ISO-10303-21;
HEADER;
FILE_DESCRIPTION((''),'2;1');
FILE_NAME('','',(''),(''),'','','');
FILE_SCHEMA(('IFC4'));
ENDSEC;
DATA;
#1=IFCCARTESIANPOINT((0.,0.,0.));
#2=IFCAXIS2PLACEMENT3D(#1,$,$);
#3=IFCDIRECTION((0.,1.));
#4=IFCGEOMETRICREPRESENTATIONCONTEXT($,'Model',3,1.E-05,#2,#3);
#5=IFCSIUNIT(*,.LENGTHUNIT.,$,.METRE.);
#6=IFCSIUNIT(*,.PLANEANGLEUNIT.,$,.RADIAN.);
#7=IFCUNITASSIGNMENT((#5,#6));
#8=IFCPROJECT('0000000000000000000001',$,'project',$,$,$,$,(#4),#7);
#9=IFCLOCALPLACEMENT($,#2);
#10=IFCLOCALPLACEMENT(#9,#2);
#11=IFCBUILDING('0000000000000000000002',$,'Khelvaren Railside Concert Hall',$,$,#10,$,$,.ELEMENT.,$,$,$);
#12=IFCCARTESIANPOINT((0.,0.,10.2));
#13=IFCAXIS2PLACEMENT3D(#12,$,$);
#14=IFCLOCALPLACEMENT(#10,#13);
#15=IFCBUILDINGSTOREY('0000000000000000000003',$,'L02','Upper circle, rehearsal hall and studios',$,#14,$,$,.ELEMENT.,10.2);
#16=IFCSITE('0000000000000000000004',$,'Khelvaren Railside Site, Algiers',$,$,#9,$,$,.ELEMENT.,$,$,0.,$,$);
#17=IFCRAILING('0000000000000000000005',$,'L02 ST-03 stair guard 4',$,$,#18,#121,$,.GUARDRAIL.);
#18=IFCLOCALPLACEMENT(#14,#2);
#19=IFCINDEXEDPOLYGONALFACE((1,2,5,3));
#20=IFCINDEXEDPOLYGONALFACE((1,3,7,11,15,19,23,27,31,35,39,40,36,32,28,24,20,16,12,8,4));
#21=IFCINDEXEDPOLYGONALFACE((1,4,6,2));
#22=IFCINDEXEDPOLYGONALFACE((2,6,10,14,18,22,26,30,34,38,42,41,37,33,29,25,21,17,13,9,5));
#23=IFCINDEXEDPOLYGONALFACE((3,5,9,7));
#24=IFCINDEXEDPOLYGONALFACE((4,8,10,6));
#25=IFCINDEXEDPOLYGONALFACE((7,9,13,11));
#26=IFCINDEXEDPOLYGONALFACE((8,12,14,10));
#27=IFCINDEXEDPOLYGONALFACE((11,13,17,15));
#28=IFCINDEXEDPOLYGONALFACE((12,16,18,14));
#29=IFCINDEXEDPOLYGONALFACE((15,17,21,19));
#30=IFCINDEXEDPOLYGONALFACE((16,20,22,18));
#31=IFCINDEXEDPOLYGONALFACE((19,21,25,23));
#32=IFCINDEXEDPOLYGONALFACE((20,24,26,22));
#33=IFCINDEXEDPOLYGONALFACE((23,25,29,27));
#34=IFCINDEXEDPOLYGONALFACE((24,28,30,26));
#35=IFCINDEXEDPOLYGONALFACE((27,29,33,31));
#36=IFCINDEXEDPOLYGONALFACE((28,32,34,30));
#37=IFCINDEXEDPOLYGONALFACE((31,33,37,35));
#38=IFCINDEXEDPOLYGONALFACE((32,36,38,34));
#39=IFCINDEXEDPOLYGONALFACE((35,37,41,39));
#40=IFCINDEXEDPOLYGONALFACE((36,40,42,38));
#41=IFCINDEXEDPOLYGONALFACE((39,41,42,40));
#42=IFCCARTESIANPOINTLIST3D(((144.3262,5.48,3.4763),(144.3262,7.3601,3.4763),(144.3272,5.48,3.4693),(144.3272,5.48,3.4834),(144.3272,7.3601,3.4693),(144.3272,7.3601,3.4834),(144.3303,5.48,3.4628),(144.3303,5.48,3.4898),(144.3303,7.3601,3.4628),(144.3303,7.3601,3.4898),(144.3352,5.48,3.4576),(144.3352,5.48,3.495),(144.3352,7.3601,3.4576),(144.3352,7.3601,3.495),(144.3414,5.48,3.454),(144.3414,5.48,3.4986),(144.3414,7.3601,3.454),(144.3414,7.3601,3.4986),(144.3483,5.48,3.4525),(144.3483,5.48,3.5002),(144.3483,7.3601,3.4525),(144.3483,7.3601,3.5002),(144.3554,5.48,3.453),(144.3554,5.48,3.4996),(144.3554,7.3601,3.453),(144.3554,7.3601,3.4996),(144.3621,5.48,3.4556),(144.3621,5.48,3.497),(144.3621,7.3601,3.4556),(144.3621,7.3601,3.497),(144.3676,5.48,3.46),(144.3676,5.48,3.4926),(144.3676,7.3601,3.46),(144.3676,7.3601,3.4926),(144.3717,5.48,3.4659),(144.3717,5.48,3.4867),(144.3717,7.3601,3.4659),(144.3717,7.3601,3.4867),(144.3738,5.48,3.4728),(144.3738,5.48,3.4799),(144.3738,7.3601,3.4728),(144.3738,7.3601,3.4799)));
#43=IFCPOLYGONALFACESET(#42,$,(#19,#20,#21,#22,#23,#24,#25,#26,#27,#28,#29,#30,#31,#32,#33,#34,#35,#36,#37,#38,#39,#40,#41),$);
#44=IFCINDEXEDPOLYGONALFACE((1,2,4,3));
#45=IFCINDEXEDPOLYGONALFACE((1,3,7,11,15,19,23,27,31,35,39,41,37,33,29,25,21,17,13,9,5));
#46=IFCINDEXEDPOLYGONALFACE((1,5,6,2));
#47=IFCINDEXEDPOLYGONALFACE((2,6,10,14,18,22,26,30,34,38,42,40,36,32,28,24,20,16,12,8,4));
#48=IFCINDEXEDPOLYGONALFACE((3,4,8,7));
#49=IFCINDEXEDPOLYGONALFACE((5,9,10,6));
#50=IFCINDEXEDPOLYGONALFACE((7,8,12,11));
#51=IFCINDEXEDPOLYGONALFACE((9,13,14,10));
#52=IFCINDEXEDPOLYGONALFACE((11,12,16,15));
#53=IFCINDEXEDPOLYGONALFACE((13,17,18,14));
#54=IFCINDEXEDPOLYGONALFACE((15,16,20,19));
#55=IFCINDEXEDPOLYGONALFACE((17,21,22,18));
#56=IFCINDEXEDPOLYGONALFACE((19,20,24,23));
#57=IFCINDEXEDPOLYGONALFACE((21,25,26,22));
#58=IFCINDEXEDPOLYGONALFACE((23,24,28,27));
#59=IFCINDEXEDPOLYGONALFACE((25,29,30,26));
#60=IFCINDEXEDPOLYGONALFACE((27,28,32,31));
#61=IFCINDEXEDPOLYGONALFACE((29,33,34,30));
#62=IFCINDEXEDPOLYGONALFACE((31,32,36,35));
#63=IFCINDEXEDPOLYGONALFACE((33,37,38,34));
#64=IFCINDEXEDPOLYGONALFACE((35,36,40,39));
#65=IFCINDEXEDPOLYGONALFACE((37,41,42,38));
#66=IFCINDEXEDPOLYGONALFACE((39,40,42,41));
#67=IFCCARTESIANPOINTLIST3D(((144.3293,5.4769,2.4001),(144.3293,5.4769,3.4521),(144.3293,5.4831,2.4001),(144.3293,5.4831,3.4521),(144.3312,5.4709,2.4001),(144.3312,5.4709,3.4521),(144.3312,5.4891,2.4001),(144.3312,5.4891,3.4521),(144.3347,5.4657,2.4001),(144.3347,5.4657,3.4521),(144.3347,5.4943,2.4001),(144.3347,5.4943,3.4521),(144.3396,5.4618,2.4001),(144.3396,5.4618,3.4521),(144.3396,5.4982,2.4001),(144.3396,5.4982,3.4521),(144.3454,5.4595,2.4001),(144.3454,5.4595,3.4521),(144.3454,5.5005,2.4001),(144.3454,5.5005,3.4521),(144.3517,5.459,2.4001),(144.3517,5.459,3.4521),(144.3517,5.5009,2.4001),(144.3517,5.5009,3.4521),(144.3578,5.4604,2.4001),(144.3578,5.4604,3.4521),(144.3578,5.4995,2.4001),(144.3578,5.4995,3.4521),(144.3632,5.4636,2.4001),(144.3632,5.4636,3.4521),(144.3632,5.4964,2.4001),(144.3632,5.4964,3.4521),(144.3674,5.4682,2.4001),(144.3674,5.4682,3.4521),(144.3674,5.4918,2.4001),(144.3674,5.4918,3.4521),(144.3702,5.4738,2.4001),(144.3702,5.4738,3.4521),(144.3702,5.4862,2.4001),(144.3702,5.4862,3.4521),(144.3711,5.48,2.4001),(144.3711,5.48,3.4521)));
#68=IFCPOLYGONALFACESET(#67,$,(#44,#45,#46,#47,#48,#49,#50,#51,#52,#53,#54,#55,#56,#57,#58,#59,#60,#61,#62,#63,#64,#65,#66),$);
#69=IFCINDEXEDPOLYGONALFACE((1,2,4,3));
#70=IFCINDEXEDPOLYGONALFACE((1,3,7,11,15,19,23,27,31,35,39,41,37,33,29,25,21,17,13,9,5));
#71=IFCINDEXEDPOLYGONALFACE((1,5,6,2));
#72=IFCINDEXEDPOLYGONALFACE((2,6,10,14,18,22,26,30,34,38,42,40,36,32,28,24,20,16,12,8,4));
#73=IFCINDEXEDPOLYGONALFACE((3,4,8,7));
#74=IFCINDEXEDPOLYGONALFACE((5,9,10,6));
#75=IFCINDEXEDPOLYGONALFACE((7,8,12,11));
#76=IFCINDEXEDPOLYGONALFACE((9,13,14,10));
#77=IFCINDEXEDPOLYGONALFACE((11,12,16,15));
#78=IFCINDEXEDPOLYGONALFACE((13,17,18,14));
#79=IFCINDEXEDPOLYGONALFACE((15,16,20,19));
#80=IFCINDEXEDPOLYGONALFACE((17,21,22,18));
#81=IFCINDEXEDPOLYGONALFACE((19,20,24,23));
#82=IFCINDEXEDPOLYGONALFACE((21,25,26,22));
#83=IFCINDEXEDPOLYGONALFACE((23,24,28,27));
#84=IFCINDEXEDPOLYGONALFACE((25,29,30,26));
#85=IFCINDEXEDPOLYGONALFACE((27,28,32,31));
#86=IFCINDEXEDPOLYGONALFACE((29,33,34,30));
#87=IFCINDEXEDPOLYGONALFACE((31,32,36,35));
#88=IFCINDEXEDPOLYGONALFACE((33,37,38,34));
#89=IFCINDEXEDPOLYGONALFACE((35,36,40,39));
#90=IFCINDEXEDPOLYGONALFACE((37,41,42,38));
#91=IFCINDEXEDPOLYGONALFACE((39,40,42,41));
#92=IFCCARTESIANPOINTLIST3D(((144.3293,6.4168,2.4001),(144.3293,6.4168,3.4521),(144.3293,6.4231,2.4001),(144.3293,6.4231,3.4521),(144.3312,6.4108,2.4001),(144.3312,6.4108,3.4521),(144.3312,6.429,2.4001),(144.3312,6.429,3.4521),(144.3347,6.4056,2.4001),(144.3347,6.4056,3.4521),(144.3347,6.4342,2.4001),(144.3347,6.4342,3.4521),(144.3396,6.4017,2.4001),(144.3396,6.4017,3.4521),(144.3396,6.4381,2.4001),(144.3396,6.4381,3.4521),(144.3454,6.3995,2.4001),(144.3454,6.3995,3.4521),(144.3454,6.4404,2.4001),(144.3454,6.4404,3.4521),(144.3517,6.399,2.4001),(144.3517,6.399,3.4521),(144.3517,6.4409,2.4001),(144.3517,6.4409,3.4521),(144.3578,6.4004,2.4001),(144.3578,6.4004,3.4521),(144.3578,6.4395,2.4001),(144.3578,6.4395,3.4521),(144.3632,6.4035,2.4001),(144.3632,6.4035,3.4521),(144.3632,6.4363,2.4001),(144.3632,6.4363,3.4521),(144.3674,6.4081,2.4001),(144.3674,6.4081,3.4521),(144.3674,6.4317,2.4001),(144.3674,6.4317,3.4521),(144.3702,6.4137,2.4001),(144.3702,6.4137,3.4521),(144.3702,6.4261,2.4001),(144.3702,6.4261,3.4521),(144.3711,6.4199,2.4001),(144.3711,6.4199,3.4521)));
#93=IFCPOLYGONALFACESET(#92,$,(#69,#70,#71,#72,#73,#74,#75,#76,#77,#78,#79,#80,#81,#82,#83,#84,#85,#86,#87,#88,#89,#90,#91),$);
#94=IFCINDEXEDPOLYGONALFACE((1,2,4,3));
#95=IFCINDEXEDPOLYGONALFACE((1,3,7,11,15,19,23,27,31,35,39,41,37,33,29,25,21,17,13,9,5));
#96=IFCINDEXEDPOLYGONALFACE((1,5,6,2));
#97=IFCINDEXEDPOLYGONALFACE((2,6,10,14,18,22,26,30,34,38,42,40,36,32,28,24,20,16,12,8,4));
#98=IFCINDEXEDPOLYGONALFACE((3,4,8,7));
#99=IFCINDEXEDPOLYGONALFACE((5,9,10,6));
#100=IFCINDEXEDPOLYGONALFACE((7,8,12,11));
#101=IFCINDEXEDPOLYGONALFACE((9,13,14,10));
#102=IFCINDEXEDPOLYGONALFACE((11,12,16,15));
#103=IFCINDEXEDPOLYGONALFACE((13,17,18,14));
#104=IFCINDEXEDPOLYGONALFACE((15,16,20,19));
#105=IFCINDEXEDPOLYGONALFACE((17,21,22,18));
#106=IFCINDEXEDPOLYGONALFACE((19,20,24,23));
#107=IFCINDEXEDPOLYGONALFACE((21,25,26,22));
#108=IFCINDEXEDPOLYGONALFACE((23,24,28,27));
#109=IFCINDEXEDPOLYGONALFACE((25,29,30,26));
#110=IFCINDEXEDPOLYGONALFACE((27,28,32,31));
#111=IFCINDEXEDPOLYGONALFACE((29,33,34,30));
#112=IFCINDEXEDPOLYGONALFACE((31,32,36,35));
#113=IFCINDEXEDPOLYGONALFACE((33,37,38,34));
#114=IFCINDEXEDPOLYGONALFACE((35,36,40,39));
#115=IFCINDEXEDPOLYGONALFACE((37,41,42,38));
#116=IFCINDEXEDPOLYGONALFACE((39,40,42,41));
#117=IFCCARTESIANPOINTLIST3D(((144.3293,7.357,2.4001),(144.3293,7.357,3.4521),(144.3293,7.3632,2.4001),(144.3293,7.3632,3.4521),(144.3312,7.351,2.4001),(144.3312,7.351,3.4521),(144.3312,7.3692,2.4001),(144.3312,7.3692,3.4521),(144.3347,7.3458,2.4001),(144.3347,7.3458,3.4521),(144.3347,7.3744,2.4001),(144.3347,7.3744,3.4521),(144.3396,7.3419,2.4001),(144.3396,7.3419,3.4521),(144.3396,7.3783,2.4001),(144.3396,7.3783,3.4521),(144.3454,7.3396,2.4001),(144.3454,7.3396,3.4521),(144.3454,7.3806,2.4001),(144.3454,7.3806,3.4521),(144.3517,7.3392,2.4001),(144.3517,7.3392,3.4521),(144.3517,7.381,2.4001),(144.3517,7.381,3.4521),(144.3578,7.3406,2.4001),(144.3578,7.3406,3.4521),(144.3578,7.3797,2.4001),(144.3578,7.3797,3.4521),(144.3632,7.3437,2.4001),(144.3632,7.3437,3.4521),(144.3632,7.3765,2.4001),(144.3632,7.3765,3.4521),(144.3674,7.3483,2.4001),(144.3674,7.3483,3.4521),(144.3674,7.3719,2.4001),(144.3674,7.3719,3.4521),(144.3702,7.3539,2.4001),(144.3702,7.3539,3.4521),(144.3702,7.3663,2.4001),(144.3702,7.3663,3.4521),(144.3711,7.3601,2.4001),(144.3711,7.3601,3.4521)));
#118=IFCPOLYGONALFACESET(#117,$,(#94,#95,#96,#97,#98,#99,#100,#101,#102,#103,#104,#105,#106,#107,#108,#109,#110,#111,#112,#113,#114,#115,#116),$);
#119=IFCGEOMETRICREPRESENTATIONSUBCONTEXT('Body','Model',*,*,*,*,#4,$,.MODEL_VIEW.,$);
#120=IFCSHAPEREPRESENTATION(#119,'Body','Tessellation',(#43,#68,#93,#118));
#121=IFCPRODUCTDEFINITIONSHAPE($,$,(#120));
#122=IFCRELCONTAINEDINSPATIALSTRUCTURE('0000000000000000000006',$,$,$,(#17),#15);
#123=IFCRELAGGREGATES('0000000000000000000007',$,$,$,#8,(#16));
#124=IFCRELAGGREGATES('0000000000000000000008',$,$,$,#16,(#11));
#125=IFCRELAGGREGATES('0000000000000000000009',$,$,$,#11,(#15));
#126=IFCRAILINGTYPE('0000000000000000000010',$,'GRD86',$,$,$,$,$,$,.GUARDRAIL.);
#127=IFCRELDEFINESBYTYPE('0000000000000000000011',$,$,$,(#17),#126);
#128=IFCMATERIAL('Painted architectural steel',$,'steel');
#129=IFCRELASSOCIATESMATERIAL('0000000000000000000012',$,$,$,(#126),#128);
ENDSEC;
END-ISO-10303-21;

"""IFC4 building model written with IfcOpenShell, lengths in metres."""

from ifc_helpers import new_model, si_unit, direction, frame, origin, origin_2d, place, context, subcontext, project, spatial, circle, extrude, material, type_object, element, save


model = new_model("IFC4")

# Units and contexts
model_context = context("Model", 3, precision=1e-05, world=origin(), true_north=direction((0.0, 1.0)))
body_context = subcontext(model_context, "Body", "Model", "MODEL_VIEW")
ifc_project = project(units=[si_unit("LENGTHUNIT", "METRE"), si_unit("PLANEANGLEUNIT", "RADIAN")], contexts=[model_context])

# Site, building, storey
site_placement = place(None, origin())
site = spatial("IfcSite", under=ifc_project, at=site_placement, Name="Khelvaren Railside Site, Algiers", CompositionType="ELEMENT", RefElevation=0.0)
building_placement = place(site_placement, origin())
building = spatial("IfcBuilding", under=site, at=building_placement, Name="Khelvaren Railside Concert Hall", CompositionType="ELEMENT")
storey_placement = place(building_placement, frame((0.0, 0.0, 10.2)))
storey = spatial("IfcBuildingStorey", under=building, at=storey_placement, Name="L02", Description="Upper circle, rehearsal hall and studios", CompositionType="ELEMENT", Elevation=10.2)

# Railing
ifc_material_1 = material(Name="Painted architectural steel", Category="steel")
railing_type_1 = type_object("IfcRailingType", Name="GRD86", PredefinedType="GUARDRAIL", material=ifc_material_1)
for number, where, name in (
    (1, (144.3501, 5.48, 2.4001), "L02 ST-03 stair guard 4"),
):
    element("IfcRailing", number, at=place(storey_placement, frame(where)), inside=storey, type_object=railing_type_1, Name=name, PredefinedType="GUARDRAIL", context=body_context, shape_type="SweptSolid", body=[
        extrude(circle(Radius=0.0239, at=origin_2d()), frame((0.0, 0.0, 1.0762), z_axis=(0.0, 1.0, 0.0), x_axis=(-1.0, 0.0, 0.0)), (0.0, 0.0, 1.0), 1.8801),
        extrude(circle(Radius=0.021, at=origin_2d()), origin(), (0.0, 0.0, 1.0), 1.052),
        extrude(circle(Radius=0.021, at=origin_2d()), frame((0.0, 0.9399, 0.0)), (0.0, 0.0, 1.0), 1.052),
        extrude(circle(Radius=0.021, at=origin_2d()), frame((0.0, 1.8801, 0.0)), (0.0, 0.0, 1.0), 1.052),
    ])

save(model, "model.ifc")
